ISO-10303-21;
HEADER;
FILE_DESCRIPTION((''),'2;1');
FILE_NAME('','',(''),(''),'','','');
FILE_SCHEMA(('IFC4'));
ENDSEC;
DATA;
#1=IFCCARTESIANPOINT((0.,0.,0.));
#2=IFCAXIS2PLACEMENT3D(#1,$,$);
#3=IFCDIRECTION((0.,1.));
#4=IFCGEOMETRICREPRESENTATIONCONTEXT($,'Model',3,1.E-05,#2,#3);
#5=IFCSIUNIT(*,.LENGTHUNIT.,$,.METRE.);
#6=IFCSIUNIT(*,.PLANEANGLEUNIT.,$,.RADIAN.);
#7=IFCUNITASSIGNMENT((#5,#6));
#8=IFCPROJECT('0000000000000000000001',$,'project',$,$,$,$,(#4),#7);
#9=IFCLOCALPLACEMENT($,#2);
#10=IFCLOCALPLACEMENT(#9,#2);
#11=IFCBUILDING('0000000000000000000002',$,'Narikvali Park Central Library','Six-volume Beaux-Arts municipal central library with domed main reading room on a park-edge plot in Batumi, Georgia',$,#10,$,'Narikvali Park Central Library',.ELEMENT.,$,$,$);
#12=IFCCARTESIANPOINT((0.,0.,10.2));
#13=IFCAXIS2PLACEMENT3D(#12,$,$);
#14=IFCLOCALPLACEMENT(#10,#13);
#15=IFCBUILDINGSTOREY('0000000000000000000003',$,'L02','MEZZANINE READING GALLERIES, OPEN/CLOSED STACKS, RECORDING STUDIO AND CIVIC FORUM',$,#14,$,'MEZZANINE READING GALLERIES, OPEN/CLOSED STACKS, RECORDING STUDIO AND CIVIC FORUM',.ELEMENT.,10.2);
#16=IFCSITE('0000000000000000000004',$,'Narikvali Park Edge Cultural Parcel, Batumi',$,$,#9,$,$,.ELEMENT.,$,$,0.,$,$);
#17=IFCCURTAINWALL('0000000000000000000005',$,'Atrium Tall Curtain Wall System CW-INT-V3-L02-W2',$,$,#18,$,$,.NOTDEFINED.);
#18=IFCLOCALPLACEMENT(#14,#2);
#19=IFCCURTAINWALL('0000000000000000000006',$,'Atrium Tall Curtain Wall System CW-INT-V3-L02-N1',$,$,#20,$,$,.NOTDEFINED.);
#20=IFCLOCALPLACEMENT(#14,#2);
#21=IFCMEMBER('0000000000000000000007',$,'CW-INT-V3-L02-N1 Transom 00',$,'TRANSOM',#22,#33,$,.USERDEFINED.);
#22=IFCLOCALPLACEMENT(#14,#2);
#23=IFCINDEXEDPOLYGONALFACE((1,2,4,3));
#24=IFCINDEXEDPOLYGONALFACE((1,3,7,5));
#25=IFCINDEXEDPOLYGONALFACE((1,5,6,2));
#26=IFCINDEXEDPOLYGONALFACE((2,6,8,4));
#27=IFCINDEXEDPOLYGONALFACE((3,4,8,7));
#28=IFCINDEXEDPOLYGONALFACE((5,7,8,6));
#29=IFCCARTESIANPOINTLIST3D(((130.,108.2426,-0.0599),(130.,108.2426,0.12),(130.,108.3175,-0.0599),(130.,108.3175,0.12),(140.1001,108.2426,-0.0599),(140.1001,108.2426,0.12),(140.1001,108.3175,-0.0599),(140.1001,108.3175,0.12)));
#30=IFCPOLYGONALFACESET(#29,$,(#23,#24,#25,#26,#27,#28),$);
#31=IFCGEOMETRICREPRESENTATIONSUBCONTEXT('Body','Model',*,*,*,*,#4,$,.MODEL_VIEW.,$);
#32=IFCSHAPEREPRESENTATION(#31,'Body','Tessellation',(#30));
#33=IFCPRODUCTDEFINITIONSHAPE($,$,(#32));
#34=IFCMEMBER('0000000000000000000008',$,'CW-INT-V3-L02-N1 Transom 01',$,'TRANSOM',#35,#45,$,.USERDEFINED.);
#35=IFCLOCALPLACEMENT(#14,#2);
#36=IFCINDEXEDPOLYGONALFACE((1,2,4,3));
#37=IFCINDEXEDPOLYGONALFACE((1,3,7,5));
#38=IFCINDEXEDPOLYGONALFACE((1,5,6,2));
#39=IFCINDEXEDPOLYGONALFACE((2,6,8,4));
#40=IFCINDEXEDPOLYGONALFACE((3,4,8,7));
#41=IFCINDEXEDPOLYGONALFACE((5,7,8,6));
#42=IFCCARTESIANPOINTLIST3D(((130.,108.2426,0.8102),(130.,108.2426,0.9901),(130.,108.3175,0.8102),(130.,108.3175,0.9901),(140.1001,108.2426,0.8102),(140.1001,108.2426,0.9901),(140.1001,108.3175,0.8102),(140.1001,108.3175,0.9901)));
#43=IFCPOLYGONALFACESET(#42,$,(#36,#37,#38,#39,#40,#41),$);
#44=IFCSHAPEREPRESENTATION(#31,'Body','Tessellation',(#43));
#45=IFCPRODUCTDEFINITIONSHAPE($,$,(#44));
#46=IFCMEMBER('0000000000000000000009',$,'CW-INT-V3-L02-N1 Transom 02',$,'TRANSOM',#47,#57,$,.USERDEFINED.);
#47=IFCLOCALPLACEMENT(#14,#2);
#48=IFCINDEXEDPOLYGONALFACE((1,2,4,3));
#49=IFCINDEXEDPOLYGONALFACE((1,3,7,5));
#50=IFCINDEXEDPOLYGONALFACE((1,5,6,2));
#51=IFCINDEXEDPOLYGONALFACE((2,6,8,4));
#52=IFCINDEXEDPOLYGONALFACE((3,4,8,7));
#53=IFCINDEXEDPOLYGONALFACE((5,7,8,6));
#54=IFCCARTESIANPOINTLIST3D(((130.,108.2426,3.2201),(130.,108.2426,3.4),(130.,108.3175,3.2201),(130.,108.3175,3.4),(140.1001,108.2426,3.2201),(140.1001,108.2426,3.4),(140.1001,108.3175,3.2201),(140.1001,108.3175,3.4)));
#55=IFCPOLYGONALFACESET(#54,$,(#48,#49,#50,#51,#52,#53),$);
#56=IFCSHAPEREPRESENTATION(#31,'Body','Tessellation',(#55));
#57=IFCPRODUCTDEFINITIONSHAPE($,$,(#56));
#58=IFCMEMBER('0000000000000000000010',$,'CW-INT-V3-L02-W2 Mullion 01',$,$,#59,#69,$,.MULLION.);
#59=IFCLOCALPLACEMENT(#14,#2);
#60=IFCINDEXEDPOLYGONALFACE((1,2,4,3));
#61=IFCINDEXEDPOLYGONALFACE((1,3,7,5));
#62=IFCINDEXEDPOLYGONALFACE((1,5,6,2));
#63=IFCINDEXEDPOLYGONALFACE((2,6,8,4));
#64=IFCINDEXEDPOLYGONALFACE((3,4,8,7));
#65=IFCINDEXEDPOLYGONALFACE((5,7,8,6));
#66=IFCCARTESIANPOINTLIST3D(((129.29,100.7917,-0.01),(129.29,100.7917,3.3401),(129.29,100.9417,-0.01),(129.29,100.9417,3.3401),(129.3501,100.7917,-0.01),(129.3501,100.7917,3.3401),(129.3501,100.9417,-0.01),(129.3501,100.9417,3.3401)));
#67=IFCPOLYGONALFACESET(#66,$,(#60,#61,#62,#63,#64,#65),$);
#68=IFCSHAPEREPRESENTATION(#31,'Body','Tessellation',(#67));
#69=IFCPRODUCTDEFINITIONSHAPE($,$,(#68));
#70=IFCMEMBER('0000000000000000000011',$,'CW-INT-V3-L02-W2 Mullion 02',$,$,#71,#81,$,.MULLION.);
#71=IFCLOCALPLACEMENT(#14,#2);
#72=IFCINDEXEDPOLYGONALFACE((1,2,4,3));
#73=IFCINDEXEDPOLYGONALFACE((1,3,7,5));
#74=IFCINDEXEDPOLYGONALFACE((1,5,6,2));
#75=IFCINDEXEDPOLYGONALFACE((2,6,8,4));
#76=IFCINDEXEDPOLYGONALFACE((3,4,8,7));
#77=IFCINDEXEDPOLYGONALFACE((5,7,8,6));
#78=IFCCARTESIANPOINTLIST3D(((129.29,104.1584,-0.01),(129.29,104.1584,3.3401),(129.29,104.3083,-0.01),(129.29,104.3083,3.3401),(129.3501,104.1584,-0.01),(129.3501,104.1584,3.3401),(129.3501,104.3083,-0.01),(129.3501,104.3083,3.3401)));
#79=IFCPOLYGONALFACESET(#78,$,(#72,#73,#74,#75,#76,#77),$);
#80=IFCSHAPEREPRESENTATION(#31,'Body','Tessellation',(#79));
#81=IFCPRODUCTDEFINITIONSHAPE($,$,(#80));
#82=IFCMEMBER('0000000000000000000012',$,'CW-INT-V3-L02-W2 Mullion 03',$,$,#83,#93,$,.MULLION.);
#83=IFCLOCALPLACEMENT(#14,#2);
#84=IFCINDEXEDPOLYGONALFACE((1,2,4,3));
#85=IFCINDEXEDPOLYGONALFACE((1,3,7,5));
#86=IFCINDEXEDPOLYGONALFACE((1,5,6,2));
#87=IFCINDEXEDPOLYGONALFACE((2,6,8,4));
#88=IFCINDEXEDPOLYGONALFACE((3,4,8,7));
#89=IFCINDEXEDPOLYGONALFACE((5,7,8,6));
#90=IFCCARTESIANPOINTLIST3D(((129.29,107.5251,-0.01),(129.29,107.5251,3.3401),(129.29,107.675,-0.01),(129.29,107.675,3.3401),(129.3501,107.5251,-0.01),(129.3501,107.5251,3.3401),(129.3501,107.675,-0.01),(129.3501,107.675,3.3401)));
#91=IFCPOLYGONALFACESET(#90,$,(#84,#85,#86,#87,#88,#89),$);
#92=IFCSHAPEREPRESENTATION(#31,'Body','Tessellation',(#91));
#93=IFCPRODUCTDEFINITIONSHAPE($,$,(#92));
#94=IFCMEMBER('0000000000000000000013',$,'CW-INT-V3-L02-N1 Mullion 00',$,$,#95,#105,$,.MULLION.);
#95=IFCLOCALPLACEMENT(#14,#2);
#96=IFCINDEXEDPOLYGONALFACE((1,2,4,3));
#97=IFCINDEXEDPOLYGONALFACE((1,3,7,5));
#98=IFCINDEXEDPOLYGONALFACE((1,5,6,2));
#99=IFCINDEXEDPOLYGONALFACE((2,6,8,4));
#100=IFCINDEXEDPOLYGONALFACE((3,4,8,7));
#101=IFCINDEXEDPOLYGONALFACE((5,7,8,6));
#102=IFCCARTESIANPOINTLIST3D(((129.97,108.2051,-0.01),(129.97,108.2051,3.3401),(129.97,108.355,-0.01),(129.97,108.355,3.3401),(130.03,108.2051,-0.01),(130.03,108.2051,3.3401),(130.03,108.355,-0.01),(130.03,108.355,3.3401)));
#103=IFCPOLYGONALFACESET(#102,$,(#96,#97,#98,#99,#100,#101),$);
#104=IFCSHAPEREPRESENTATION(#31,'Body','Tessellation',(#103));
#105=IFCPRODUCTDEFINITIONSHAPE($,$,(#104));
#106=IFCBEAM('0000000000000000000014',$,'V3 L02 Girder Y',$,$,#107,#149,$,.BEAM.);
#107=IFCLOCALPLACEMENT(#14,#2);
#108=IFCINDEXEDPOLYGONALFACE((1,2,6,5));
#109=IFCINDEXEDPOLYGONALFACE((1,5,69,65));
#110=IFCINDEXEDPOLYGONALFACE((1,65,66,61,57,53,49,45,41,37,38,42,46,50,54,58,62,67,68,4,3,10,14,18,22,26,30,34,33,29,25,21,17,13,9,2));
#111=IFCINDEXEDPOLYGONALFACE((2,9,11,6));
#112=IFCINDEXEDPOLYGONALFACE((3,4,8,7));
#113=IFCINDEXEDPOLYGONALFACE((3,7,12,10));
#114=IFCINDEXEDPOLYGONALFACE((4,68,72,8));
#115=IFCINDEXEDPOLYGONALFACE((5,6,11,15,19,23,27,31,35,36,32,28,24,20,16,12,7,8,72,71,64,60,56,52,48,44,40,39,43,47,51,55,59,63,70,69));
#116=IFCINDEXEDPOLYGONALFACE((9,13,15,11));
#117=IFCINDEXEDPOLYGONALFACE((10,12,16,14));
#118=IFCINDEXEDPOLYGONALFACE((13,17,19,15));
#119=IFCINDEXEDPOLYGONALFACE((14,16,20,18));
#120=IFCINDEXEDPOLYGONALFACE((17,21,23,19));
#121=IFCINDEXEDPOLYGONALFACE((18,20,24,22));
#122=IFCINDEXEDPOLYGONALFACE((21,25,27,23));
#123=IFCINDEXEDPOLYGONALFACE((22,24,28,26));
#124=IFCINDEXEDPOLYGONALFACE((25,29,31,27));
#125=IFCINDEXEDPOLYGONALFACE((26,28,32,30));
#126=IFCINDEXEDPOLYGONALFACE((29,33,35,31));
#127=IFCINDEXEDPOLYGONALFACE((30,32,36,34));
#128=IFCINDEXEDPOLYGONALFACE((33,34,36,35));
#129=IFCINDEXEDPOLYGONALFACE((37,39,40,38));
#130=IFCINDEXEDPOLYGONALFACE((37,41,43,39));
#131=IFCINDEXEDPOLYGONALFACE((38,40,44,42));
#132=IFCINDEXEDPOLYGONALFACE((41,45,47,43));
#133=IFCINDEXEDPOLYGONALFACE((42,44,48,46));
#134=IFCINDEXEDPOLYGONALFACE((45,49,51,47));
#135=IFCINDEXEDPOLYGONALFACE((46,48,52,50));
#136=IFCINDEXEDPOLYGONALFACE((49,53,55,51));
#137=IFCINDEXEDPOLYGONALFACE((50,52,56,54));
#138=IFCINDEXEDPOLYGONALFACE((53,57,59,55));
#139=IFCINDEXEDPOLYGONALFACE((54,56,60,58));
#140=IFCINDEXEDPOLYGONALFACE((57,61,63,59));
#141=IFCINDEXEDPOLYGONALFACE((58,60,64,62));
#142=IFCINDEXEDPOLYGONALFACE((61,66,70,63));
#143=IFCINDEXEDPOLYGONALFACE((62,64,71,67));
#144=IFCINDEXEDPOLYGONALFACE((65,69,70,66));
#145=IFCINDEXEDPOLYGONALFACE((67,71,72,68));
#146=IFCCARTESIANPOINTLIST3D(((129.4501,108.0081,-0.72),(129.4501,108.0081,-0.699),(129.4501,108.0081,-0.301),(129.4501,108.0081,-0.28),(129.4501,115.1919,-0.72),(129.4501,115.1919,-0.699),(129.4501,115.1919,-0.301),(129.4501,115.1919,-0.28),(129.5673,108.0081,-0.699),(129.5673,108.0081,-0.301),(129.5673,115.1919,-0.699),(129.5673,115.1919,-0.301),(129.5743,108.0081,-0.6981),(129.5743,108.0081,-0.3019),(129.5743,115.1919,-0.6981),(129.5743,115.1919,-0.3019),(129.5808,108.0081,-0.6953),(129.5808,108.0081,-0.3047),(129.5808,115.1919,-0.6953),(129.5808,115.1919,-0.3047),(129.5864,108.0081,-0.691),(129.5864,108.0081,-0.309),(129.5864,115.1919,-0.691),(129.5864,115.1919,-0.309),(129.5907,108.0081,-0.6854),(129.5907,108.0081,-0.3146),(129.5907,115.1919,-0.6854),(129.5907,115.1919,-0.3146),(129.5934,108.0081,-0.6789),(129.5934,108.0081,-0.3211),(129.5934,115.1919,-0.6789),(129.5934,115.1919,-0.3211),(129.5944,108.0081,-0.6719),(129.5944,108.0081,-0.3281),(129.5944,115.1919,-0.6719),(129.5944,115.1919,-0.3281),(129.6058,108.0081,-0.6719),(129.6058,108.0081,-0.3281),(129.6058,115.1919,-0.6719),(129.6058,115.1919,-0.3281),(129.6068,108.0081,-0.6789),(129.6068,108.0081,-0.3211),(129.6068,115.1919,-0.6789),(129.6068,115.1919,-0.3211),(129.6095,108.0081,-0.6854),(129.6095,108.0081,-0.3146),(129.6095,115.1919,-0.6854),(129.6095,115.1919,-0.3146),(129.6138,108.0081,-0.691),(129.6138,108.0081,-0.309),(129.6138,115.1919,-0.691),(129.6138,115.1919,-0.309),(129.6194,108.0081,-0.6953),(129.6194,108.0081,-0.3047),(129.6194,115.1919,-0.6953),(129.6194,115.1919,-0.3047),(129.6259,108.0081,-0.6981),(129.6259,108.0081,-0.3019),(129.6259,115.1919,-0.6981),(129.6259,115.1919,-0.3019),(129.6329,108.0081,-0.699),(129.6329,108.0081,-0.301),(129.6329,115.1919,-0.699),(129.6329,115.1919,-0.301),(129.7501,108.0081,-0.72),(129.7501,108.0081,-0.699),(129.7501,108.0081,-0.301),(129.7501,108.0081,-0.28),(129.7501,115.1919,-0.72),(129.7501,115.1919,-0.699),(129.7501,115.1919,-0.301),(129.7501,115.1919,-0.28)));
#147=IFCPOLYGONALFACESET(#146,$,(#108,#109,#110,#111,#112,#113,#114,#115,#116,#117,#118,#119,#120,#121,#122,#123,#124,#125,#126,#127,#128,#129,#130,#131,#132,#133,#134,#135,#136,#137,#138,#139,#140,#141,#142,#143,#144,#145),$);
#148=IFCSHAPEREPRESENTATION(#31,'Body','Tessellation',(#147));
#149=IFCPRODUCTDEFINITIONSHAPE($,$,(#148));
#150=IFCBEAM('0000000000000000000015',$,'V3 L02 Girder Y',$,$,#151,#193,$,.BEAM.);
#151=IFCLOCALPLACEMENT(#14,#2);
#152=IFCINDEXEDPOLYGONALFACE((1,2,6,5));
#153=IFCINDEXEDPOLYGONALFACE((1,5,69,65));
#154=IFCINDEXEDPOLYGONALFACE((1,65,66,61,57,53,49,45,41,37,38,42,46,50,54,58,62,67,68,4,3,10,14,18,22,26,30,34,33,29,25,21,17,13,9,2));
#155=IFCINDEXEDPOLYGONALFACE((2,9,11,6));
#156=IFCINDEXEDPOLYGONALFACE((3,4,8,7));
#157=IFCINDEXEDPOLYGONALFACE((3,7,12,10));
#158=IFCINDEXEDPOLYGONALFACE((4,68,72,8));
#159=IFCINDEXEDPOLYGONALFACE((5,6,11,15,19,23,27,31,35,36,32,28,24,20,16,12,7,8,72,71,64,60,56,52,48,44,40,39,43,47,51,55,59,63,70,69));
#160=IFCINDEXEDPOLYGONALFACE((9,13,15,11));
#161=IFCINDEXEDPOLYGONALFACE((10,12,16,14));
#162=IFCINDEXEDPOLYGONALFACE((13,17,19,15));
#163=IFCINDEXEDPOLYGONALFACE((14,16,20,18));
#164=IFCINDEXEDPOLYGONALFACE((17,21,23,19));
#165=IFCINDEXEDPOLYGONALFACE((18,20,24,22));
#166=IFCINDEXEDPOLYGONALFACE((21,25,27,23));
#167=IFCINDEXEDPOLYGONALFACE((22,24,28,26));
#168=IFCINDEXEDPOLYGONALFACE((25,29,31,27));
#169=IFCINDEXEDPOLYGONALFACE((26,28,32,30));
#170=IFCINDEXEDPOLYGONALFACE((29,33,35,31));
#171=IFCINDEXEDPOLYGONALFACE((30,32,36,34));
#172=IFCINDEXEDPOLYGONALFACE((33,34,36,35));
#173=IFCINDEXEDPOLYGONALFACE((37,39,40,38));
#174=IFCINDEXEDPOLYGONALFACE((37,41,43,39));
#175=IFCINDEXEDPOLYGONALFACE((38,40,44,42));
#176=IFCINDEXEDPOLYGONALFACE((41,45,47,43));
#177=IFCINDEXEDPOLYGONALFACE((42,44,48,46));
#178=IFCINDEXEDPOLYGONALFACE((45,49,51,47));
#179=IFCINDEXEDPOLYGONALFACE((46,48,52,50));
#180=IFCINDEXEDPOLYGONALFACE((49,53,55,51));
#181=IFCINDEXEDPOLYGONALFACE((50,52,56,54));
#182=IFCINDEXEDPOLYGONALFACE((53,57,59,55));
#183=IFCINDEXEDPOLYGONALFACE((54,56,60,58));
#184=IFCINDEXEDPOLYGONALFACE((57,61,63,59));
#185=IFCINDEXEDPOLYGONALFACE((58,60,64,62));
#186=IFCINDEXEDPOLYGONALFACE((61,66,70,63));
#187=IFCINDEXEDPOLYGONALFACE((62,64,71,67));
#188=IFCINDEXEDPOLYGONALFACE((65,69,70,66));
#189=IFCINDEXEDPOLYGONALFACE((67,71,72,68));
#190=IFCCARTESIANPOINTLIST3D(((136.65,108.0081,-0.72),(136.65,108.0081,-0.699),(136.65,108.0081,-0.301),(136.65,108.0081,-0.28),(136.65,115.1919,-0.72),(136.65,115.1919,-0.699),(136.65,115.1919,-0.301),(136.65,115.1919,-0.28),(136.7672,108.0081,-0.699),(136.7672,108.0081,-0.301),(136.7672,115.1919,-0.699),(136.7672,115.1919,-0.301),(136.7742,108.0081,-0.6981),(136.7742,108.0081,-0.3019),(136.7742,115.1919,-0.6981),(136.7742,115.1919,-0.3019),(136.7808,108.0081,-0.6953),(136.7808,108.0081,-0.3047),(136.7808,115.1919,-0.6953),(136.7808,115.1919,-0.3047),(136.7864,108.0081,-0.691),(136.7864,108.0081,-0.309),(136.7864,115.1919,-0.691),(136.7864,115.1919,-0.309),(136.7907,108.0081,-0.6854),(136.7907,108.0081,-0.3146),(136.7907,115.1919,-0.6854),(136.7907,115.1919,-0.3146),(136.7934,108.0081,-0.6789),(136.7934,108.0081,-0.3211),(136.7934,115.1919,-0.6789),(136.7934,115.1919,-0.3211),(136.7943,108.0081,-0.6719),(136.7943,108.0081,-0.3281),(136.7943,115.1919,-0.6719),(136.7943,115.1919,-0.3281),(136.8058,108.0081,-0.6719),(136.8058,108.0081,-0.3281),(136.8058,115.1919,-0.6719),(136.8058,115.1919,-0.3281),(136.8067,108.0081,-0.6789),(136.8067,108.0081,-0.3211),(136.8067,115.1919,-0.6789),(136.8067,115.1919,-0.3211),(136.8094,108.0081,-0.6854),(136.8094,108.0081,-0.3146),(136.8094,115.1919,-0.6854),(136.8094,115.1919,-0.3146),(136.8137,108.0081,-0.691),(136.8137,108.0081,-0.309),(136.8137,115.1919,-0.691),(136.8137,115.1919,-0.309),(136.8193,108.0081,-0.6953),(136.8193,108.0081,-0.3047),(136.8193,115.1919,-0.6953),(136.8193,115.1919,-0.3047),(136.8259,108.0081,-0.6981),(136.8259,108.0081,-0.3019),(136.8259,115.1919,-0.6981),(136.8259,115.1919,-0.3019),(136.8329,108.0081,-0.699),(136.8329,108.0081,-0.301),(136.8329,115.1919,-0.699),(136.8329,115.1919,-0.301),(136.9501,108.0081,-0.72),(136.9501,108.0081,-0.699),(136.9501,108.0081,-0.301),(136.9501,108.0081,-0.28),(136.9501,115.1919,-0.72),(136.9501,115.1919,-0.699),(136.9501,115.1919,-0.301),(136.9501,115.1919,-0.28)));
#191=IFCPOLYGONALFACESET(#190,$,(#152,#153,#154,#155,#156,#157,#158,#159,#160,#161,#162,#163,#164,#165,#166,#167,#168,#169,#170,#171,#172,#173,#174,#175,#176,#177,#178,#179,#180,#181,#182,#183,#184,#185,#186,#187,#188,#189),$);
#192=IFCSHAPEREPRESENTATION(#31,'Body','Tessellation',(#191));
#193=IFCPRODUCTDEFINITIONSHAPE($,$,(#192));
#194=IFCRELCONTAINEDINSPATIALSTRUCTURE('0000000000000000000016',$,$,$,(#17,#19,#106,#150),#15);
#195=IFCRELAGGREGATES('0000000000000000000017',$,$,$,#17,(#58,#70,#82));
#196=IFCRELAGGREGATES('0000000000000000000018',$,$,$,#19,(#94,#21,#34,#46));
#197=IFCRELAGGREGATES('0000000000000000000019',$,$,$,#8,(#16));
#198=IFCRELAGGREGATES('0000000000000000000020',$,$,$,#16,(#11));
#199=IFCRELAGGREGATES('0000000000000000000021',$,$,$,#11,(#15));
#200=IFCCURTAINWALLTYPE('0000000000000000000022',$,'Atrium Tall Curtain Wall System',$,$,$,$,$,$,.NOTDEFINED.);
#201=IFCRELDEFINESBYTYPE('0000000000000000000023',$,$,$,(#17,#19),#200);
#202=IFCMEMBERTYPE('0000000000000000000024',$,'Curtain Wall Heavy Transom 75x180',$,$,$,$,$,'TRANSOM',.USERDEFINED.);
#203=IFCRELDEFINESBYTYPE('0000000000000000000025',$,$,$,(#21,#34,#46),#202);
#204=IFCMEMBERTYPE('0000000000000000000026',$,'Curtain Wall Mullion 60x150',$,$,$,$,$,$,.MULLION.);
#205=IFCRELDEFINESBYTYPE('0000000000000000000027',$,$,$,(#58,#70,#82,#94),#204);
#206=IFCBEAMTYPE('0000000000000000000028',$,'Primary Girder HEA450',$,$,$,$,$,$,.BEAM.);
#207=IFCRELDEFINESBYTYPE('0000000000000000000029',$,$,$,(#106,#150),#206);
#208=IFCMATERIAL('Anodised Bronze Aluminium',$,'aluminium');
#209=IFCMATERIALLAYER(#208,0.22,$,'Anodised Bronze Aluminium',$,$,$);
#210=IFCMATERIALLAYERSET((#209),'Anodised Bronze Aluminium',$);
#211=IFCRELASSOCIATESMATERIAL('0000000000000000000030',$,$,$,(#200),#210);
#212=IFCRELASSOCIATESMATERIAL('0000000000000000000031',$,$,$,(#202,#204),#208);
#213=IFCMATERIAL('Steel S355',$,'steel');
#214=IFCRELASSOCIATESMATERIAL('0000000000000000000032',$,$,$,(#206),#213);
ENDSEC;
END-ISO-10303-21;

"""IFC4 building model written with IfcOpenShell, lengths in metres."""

from ifc_helpers import new_model, si_unit, direction, frame, origin, origin_2d, place, context, subcontext, project, spatial, rectangle, i_section, extrude, material, layer, layer_set, material_profile, profile_set, type_object, element, aggregate, save


model = new_model("IFC4")

# Units and contexts
model_context = context("Model", 3, precision=1e-05, world=origin(), true_north=direction((0.0, 1.0)))
body_context = subcontext(model_context, "Body", "Model", "MODEL_VIEW")
ifc_project = project(units=[si_unit("LENGTHUNIT", "METRE"), si_unit("PLANEANGLEUNIT", "RADIAN")], contexts=[model_context])

# Site, building, storey
site_placement = place(None, origin())
site = spatial("IfcSite", under=ifc_project, at=site_placement, Name="Narikvali Park Edge Cultural Parcel, Batumi", CompositionType="ELEMENT", RefElevation=0.0)
building_placement = place(site_placement, origin())
building = spatial("IfcBuilding", under=site, at=building_placement, Name="Narikvali Park Central Library", Description="Six-volume Beaux-Arts municipal central library with domed main reading room on a park-edge plot in Batumi, Georgia", LongName="Narikvali Park Central Library", CompositionType="ELEMENT")
storey_placement = place(building_placement, frame((0.0, 0.0, 10.2)))
storey = spatial("IfcBuildingStorey", under=building, at=storey_placement, Name="L02", Description="MEZZANINE READING GALLERIES, OPEN/CLOSED STACKS, RECORDING STUDIO AND CIVIC FORUM", LongName="MEZZANINE READING GALLERIES, OPEN/CLOSED STACKS, RECORDING STUDIO AND CIVIC FORUM", CompositionType="ELEMENT", Elevation=10.2)

# Shared definitions
ifc_material_1 = material(Name="Steel S355", Category="steel")

# Curtain wall
ifc_material_2 = material(Name="Anodised Bronze Aluminium", Category="aluminium")
ifc_layer_1 = layer(ifc_material_2, 0.22, Name="Anodised Bronze Aluminium")
ifc_layer_set_1 = layer_set([ifc_layer_1], Name="Anodised Bronze Aluminium")
curtain_wall_type = type_object("IfcCurtainWallType", Name="Atrium Tall Curtain Wall System", PredefinedType="NOTDEFINED", material=ifc_layer_set_1)
curtain_wall_1_placement = place(storey_placement, origin())
curtain_wall_1 = element("IfcCurtainWall", 1, at=curtain_wall_1_placement, inside=storey, type_object=curtain_wall_type, Name="Atrium Tall Curtain Wall System CW-INT-V3-L02-W2", PredefinedType="NOTDEFINED")
ifc_material_profile_1 = material_profile(ifc_material_2, rectangle(XDim=0.075, YDim=0.1799, at=origin_2d()), Name="CW TRANSOM 75x180")
ifc_profile_set_1 = profile_set([ifc_material_profile_1], Name="Anodised Bronze Aluminium")
member_type_1 = type_object("IfcMemberType", Name="Curtain Wall Heavy Transom 75x180", ElementType="TRANSOM", PredefinedType="USERDEFINED", material=ifc_profile_set_1)

# Curtain wall, members
curtain_wall_2_placement = place(storey_placement, origin())
curtain_wall_2 = element("IfcCurtainWall", 2, at=curtain_wall_2_placement, inside=storey, type_object=curtain_wall_type, Name="Atrium Tall Curtain Wall System CW-INT-V3-L02-N1", PredefinedType="NOTDEFINED")
member_1_placement = place(storey_placement, frame((130.0, 108.28, 0.03), z_axis=(1.0, 0.0, 0.0), x_axis=(0.0, 1.0, 0.0)))
member_1 = element("IfcMember", 3, at=member_1_placement, type_object=member_type_1, Name="CW-INT-V3-L02-N1 Transom 00", ObjectType="TRANSOM", PredefinedType="USERDEFINED", context=body_context, shape_type="SweptSolid", body=[
    extrude(rectangle(XDim=0.075, YDim=0.1799, at=origin_2d()), origin(), (0.0, 0.0, 1.0), 10.1001),
])
member_2_placement = place(storey_placement, frame((130.0, 108.28, 0.9001), z_axis=(1.0, 0.0, 0.0), x_axis=(0.0, 1.0, 0.0)))
member_2 = element("IfcMember", 4, at=member_2_placement, type_object=member_type_1, Name="CW-INT-V3-L02-N1 Transom 01", ObjectType="TRANSOM", PredefinedType="USERDEFINED", context=body_context, shape_type="SweptSolid", body=[
    extrude(rectangle(XDim=0.075, YDim=0.1799, at=origin_2d()), origin(), (0.0, 0.0, 1.0), 10.1001),
])
member_3_placement = place(storey_placement, frame((130.0, 108.28, 3.3101), z_axis=(1.0, 0.0, 0.0), x_axis=(0.0, 1.0, 0.0)))
member_3 = element("IfcMember", 5, at=member_3_placement, type_object=member_type_1, Name="CW-INT-V3-L02-N1 Transom 02", ObjectType="TRANSOM", PredefinedType="USERDEFINED", context=body_context, shape_type="SweptSolid", body=[
    extrude(rectangle(XDim=0.075, YDim=0.1799, at=origin_2d()), origin(), (0.0, 0.0, 1.0), 10.1001),
])

# Members
ifc_material_profile_2 = material_profile(ifc_material_2, rectangle(XDim=0.0601, YDim=0.1499, at=origin_2d()), Name="CW MULLION 60x150")
ifc_profile_set_2 = profile_set([ifc_material_profile_2], Name="Anodised Bronze Aluminium")
member_type_2 = type_object("IfcMemberType", Name="Curtain Wall Mullion 60x150", PredefinedType="MULLION", material=ifc_profile_set_2)
member_4_placement = place(storey_placement, frame((129.3201, 100.8667, -0.01), z_axis=(0.0, 0.0, 1.0), x_axis=(1.0, 0.0, 0.0)))
member_4 = element("IfcMember", 6, at=member_4_placement, type_object=member_type_2, Name="CW-INT-V3-L02-W2 Mullion 01", PredefinedType="MULLION", context=body_context, shape_type="SweptSolid", body=[
    extrude(rectangle(XDim=0.0601, YDim=0.1499, at=origin_2d()), origin(), (0.0, 0.0, 1.0), 3.3501),
])
member_5_placement = place(storey_placement, frame((129.3201, 104.2334, -0.01), z_axis=(0.0, 0.0, 1.0), x_axis=(1.0, 0.0, 0.0)))
member_5 = element("IfcMember", 7, at=member_5_placement, type_object=member_type_2, Name="CW-INT-V3-L02-W2 Mullion 02", PredefinedType="MULLION", context=body_context, shape_type="SweptSolid", body=[
    extrude(rectangle(XDim=0.0601, YDim=0.1499, at=origin_2d()), origin(), (0.0, 0.0, 1.0), 3.3501),
])
member_6_placement = place(storey_placement, frame((129.3201, 107.6001, -0.01), z_axis=(0.0, 0.0, 1.0), x_axis=(1.0, 0.0, 0.0)))
member_6 = element("IfcMember", 8, at=member_6_placement, type_object=member_type_2, Name="CW-INT-V3-L02-W2 Mullion 03", PredefinedType="MULLION", context=body_context, shape_type="SweptSolid", body=[
    extrude(rectangle(XDim=0.0601, YDim=0.1499, at=origin_2d()), origin(), (0.0, 0.0, 1.0), 3.3501),
])
member_7_placement = place(storey_placement, frame((130.0, 108.28, -0.01), z_axis=(0.0, 0.0, 1.0), x_axis=(1.0, 0.0, 0.0)))
member_7 = element("IfcMember", 9, at=member_7_placement, type_object=member_type_2, Name="CW-INT-V3-L02-N1 Mullion 00", PredefinedType="MULLION", context=body_context, shape_type="SweptSolid", body=[
    extrude(rectangle(XDim=0.0601, YDim=0.1499, at=origin_2d()), origin(), (0.0, 0.0, 1.0), 3.3501),
])

# Beams
ifc_material_profile_3 = material_profile(ifc_material_1, i_section(OverallWidth=0.3, OverallDepth=0.4399, WebThickness=0.0115, FlangeThickness=0.021, FilletRadius=0.0271, at=origin_2d()), Name="HEA 450")
ifc_profile_set_3 = profile_set([ifc_material_profile_3], Name="Steel S355")
beam_type = type_object("IfcBeamType", Name="Primary Girder HEA450", PredefinedType="BEAM", material=ifc_profile_set_3)
for number, where, z_axis, x_axis, name in (
    (10, (129.6001, 108.0081, -0.5), (0.0, 1.0, 0.0), (-1.0, 0.0, 0.0), "V3 L02 Girder Y"),
    (11, (136.8, 108.0081, -0.5), (0.0, 1.0, 0.0), (-1.0, 0.0, 0.0), "V3 L02 Girder Y"),
):
    element("IfcBeam", number, at=place(storey_placement, frame(where, z_axis=z_axis, x_axis=x_axis)), inside=storey, type_object=beam_type, Name=name, PredefinedType="BEAM", context=body_context, shape_type="SweptSolid", body=[
        extrude(i_section(OverallWidth=0.3, OverallDepth=0.4399, WebThickness=0.0115, FlangeThickness=0.021, FilletRadius=0.0271, at=origin_2d()), origin(), (0.0, 0.0, 1.0), 7.1838),
    ])

aggregate(curtain_wall_1, [member_4, member_5, member_6])
aggregate(curtain_wall_2, [member_7, member_1, member_2, member_3])

save(model, "model.ifc")
